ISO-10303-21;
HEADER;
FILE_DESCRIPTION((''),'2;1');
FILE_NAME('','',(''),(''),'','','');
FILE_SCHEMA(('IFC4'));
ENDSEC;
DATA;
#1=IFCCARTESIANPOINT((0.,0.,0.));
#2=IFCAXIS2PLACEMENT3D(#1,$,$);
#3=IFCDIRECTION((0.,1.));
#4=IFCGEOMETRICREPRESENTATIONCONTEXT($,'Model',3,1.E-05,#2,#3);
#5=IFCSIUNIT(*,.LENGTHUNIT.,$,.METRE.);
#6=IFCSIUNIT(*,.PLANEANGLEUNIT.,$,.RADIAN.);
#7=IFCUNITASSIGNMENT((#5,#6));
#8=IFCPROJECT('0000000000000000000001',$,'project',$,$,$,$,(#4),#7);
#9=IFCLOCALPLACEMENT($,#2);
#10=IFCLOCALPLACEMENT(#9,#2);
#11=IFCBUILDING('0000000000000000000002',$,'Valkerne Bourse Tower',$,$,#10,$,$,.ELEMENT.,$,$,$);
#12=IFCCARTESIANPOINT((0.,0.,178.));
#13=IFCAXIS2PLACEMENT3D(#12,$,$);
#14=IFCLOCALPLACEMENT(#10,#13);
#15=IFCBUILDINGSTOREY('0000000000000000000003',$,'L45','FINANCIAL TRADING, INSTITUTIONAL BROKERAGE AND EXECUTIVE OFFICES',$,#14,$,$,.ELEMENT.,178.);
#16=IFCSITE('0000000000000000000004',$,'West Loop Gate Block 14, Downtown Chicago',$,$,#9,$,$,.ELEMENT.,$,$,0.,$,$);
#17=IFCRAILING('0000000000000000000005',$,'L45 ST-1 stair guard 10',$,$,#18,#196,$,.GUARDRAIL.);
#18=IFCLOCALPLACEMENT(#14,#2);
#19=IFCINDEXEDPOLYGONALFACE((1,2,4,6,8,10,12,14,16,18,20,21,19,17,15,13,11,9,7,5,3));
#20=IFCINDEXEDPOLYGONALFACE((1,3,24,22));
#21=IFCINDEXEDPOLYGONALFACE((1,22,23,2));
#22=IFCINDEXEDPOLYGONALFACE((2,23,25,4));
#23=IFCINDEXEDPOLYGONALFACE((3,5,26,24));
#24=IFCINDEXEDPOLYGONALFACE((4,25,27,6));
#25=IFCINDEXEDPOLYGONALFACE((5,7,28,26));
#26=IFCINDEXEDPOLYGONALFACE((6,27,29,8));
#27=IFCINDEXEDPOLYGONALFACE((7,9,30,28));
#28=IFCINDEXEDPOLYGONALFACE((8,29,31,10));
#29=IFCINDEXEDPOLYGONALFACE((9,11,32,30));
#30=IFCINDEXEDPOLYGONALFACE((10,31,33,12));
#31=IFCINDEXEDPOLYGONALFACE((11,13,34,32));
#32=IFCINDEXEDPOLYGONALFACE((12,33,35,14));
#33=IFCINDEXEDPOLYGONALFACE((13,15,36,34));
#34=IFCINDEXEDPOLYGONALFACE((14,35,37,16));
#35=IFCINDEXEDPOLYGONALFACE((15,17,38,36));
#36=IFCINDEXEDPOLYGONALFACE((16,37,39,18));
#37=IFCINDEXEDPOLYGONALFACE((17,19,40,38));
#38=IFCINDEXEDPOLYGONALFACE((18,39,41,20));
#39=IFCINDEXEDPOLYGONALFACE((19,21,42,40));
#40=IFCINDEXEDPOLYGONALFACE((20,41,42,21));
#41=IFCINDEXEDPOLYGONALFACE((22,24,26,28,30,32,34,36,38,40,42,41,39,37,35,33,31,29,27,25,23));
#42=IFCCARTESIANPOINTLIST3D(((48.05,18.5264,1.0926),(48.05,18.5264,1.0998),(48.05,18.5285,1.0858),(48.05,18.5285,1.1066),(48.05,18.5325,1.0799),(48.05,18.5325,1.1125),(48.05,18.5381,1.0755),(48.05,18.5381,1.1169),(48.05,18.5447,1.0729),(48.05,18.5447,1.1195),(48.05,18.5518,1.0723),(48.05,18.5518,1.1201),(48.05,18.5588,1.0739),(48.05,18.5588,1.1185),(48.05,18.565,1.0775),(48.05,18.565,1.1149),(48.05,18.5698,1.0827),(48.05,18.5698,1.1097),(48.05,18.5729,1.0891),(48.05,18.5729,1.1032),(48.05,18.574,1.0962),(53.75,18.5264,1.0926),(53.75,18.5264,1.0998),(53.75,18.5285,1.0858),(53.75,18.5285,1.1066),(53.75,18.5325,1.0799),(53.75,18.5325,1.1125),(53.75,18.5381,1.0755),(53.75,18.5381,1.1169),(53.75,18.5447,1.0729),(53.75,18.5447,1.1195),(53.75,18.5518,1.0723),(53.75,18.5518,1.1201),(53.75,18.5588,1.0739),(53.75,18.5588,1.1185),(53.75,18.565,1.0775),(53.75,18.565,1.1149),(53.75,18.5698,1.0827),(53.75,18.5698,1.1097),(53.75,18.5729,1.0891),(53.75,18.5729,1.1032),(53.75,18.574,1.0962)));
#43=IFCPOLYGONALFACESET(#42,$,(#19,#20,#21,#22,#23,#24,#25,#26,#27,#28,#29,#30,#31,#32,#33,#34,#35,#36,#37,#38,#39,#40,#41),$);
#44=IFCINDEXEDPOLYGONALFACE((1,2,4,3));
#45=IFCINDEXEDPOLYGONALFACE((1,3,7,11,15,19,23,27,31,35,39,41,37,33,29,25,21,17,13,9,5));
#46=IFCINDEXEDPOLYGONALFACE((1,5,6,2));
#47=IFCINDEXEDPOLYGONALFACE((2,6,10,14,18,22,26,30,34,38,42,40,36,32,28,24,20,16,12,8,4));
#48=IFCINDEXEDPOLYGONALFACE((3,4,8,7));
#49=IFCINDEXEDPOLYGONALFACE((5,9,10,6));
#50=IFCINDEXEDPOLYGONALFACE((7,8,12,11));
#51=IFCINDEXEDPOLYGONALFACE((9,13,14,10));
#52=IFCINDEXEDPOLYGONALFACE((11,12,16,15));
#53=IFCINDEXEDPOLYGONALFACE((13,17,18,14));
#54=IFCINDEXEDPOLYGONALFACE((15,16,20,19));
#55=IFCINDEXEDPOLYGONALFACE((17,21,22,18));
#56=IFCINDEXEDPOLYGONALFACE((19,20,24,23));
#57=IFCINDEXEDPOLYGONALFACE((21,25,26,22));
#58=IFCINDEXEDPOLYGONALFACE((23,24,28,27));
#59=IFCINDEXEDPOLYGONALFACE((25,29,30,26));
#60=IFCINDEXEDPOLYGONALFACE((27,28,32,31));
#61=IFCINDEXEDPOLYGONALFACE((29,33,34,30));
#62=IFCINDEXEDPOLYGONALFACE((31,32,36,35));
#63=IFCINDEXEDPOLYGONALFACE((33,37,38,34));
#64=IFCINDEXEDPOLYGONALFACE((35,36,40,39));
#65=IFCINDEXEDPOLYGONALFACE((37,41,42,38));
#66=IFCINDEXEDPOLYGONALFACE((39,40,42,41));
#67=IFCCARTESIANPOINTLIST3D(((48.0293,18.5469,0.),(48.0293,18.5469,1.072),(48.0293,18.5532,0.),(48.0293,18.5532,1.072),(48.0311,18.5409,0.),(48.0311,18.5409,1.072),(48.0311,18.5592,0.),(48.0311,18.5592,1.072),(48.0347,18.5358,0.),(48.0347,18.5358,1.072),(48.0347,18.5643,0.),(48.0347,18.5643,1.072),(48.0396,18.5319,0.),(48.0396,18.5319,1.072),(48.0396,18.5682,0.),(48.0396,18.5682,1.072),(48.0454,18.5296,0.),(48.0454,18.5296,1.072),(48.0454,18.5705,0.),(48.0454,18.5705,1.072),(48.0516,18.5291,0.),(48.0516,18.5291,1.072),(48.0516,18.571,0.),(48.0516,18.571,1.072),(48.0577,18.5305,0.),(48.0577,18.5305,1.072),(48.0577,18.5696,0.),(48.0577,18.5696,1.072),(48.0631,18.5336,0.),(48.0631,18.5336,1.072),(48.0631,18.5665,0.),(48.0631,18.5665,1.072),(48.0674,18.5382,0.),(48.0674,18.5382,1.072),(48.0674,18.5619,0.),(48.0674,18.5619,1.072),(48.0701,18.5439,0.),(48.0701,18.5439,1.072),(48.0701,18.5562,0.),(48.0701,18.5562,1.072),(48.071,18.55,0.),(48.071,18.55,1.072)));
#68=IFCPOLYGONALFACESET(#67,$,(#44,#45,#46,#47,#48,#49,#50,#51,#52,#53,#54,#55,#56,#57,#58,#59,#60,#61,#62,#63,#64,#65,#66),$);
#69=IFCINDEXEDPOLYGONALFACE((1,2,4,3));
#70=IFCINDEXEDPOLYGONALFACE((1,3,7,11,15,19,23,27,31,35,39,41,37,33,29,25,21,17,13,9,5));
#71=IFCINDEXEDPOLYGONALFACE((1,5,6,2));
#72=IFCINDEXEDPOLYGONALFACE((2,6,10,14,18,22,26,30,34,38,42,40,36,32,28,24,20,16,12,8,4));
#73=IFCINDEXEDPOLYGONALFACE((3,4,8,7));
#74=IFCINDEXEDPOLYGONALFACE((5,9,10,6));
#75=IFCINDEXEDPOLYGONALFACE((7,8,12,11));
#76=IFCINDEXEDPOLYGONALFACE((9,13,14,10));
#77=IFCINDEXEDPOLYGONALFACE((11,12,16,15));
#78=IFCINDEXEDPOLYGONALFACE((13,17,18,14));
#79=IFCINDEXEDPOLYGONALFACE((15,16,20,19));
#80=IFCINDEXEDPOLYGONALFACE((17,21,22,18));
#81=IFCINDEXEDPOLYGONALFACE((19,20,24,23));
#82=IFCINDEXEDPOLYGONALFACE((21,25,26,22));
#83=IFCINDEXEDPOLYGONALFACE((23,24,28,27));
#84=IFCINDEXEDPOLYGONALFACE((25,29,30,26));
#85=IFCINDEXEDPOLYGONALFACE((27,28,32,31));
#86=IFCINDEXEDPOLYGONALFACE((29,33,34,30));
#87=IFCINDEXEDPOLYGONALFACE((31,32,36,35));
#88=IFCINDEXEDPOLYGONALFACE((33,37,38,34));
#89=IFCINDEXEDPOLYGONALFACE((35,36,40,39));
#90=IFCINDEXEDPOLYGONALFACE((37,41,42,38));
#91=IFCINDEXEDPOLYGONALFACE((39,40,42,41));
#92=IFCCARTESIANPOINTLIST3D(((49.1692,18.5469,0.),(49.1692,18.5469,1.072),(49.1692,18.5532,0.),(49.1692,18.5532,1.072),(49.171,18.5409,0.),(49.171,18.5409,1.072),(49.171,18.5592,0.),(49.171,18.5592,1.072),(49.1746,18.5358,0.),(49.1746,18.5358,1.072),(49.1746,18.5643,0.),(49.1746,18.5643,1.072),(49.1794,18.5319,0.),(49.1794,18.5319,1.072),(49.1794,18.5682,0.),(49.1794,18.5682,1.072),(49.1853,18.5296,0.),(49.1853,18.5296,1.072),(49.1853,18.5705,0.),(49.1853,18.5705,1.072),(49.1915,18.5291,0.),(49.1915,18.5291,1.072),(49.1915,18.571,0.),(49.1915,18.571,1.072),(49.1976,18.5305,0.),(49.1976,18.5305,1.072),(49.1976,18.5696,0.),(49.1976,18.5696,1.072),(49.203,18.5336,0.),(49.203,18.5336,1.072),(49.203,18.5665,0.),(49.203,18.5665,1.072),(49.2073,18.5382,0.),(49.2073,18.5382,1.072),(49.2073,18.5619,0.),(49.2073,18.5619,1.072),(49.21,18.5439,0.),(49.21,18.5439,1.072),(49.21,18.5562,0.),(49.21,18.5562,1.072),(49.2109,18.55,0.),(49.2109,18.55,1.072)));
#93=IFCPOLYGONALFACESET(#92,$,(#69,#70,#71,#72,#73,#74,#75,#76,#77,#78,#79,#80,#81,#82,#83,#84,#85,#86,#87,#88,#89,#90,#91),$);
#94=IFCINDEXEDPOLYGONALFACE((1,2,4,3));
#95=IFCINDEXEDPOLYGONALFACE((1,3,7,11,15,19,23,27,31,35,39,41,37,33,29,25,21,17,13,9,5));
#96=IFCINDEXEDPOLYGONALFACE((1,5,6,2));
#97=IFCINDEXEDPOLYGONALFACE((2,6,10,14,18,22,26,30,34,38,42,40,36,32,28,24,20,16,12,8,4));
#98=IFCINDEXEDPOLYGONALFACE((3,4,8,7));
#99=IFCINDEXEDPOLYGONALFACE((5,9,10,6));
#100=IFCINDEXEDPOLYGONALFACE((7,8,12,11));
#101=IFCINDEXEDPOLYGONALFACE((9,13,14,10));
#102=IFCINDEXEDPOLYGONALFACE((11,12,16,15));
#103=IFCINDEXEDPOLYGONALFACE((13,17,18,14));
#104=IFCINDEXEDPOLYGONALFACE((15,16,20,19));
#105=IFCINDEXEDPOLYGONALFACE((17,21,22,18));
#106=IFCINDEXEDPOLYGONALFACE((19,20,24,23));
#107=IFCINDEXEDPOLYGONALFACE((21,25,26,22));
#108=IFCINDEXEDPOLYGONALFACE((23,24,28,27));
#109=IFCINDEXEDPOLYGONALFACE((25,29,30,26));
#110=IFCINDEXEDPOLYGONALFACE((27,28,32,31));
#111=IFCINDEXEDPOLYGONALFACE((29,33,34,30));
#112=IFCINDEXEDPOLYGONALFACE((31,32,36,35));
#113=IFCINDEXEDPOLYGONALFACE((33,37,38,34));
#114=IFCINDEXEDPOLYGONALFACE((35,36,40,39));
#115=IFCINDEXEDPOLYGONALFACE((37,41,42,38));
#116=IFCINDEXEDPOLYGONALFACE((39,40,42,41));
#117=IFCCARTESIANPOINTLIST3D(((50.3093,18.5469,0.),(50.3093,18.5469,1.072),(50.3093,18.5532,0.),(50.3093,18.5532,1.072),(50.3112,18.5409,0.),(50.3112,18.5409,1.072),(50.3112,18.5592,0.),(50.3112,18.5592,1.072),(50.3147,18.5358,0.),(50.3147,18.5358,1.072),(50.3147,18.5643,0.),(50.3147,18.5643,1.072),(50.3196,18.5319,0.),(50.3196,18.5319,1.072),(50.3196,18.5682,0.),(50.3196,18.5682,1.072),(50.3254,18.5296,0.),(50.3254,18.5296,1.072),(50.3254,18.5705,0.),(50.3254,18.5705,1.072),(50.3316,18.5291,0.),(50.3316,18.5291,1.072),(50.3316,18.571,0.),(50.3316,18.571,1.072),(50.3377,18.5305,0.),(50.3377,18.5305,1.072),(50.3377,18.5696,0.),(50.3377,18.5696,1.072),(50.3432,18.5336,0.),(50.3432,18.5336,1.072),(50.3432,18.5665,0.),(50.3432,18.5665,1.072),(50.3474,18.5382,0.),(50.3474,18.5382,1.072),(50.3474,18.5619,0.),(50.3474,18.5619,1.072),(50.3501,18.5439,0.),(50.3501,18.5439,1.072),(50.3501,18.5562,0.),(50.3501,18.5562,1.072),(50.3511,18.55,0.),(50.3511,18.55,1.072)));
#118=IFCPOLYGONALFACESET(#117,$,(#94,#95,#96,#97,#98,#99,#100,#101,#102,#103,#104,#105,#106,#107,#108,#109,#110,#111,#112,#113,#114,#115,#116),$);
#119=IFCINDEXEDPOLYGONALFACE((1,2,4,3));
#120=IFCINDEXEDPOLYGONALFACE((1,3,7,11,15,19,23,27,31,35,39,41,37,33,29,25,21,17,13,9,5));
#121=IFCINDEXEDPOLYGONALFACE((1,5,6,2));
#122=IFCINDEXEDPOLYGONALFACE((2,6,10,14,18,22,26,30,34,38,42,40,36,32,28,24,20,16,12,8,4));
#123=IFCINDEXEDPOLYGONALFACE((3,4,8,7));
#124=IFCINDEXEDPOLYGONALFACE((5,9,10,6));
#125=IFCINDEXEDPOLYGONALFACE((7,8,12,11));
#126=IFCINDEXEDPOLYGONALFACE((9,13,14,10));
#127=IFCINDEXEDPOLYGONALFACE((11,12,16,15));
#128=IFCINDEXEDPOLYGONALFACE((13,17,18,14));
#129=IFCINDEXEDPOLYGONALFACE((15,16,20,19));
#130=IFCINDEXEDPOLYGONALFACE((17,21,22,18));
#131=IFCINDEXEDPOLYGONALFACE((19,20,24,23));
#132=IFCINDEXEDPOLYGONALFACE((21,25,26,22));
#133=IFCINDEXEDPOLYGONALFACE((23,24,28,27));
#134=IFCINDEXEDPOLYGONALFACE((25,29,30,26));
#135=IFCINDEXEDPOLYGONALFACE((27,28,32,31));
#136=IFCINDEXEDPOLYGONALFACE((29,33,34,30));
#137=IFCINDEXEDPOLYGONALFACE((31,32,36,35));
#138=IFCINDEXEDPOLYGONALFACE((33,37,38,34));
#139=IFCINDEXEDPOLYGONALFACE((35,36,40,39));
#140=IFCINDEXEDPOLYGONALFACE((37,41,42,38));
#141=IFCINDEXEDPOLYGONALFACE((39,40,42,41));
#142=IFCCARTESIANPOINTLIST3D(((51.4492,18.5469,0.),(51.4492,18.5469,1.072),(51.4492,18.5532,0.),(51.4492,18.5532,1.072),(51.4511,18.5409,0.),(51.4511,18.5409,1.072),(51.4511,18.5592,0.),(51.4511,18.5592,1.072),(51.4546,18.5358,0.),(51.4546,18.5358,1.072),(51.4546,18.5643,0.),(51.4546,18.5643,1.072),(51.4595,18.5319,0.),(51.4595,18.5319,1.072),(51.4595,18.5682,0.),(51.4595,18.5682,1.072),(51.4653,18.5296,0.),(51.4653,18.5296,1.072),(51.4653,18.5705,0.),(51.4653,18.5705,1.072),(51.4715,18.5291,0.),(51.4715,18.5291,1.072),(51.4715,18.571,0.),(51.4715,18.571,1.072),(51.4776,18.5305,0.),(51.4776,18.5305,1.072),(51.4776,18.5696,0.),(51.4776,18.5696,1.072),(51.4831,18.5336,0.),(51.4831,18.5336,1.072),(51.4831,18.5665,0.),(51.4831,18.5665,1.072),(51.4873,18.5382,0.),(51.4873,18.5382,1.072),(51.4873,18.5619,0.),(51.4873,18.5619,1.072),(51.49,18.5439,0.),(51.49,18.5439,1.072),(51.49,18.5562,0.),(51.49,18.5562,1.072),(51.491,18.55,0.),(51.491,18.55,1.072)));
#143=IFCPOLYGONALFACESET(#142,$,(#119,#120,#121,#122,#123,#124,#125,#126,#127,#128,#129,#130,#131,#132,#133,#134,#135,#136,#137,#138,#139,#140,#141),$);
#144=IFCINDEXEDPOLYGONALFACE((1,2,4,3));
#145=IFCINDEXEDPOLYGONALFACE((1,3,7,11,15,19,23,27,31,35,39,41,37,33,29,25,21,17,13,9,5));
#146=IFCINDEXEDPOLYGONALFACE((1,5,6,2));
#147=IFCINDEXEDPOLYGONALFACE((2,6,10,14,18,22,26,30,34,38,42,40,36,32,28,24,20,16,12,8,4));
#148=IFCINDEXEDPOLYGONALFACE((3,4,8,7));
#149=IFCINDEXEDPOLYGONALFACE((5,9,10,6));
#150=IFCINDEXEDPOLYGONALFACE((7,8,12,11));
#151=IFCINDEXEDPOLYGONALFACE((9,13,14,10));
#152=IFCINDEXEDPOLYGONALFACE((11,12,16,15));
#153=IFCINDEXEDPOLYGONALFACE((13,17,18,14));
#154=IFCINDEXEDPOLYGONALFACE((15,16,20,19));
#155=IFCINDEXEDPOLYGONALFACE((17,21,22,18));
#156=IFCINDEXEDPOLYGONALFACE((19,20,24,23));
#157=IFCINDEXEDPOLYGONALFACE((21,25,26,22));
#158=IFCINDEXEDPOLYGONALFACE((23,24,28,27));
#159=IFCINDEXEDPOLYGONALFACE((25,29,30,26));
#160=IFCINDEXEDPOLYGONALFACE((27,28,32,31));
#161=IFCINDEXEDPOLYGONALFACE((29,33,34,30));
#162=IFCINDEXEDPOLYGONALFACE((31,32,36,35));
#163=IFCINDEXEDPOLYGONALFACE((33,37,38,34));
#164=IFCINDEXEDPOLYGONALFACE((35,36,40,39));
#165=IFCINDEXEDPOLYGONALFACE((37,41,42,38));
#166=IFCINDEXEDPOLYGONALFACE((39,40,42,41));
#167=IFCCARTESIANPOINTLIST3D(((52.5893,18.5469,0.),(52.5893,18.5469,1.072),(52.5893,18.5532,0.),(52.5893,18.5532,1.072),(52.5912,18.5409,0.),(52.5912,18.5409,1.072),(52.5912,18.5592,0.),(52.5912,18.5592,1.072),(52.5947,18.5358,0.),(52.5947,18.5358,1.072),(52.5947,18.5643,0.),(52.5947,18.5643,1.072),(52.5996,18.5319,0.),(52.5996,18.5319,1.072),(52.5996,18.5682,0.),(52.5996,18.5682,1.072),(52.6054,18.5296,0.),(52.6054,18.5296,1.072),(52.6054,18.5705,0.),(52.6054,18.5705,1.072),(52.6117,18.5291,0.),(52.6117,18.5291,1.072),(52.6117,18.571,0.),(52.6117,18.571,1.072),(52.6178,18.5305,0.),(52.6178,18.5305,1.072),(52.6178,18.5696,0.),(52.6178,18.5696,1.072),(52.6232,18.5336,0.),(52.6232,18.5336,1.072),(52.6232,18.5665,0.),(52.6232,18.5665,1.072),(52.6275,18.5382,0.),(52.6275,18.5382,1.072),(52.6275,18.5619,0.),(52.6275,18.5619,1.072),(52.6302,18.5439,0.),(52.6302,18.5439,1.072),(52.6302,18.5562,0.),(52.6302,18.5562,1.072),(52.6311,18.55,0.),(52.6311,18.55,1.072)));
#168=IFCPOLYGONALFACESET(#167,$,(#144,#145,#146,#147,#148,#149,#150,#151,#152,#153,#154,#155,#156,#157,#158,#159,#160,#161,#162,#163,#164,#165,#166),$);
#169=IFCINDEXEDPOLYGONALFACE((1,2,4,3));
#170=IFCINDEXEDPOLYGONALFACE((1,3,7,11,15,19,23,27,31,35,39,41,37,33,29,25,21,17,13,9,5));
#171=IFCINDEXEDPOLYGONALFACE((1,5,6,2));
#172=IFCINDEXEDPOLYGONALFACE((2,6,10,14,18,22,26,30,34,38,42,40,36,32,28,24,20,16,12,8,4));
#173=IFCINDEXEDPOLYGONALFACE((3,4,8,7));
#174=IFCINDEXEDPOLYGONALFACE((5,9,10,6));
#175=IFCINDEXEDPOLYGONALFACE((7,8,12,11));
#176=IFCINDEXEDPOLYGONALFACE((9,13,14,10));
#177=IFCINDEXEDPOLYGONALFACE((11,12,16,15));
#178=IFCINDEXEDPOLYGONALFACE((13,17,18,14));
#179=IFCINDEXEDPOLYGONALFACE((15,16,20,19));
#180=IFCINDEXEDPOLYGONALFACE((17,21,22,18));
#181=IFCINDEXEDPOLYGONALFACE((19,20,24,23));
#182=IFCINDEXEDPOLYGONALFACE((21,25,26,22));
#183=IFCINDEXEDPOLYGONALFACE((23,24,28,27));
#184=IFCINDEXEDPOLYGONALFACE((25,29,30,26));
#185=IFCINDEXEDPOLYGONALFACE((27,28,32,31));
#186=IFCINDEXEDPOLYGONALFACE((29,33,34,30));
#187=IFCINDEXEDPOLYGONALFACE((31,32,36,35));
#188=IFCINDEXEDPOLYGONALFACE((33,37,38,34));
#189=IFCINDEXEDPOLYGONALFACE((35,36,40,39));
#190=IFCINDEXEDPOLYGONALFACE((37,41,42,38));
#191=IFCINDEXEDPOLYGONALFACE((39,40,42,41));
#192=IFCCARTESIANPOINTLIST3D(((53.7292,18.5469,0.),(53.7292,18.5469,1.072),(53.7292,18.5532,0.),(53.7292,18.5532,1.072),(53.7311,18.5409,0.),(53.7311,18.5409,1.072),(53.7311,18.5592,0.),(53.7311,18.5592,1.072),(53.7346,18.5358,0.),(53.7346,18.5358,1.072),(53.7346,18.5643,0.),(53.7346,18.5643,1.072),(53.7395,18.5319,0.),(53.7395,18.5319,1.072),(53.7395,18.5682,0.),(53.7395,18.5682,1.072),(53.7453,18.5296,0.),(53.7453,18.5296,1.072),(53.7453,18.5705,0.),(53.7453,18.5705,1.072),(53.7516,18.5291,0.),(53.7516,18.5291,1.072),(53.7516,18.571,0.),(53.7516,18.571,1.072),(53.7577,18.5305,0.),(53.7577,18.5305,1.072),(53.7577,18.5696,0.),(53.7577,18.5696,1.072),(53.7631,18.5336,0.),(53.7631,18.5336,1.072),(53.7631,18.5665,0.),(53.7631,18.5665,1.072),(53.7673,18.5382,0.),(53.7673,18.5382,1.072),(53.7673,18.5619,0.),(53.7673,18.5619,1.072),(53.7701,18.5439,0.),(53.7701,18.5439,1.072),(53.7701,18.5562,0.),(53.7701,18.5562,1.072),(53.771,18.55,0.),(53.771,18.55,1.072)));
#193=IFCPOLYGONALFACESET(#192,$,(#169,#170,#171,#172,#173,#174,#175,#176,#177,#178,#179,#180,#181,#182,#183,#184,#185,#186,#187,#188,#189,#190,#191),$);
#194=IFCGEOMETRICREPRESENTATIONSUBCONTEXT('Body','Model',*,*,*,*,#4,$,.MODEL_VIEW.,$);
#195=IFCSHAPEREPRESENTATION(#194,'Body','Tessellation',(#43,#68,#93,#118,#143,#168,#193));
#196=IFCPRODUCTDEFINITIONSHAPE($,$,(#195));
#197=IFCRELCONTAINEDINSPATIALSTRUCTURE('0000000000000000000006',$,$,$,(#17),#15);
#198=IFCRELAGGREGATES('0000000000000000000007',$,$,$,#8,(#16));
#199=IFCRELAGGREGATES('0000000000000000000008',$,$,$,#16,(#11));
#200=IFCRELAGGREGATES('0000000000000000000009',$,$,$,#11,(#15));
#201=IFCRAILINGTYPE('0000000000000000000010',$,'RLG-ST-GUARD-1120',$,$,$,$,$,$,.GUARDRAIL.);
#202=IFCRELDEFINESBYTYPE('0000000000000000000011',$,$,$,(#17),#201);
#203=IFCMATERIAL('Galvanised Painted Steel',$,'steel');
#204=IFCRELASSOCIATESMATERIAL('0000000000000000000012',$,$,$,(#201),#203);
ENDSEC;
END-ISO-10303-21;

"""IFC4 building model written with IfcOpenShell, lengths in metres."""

from ifc_helpers import new_model, si_unit, direction, frame, origin, origin_2d, place, context, subcontext, project, spatial, circle, extrude, material, type_object, element, save


model = new_model("IFC4")

# Units and contexts
model_context = context("Model", 3, precision=1e-05, world=origin(), true_north=direction((0.0, 1.0)))
body_context = subcontext(model_context, "Body", "Model", "MODEL_VIEW")
ifc_project = project(units=[si_unit("LENGTHUNIT", "METRE"), si_unit("PLANEANGLEUNIT", "RADIAN")], contexts=[model_context])

# Site, building, storey
site_placement = place(None, origin())
site = spatial("IfcSite", under=ifc_project, at=site_placement, Name="West Loop Gate Block 14, Downtown Chicago", CompositionType="ELEMENT", RefElevation=0.0)
building_placement = place(site_placement, origin())
building = spatial("IfcBuilding", under=site, at=building_placement, Name="Valkerne Bourse Tower", CompositionType="ELEMENT")
storey_placement = place(building_placement, frame((0.0, 0.0, 178.0)))
storey = spatial("IfcBuildingStorey", under=building, at=storey_placement, Name="L45", Description="FINANCIAL TRADING, INSTITUTIONAL BROKERAGE AND EXECUTIVE OFFICES", CompositionType="ELEMENT", Elevation=178.0)

# Shared definitions
ifc_material_1 = material(Name="Galvanised Painted Steel", Category="steel")

# Railing
railing_type_1 = type_object("IfcRailingType", Name="RLG-ST-GUARD-1120", PredefinedType="GUARDRAIL", material=ifc_material_1)
for number, where, name in (
    (1, (48.05, 18.55, 0.0), "L45 ST-1 stair guard 10"),
):
    element("IfcRailing", number, at=place(storey_placement, frame(where)), inside=storey, type_object=railing_type_1, Name=name, PredefinedType="GUARDRAIL", context=body_context, shape_type="SweptSolid", body=[
        extrude(circle(Radius=0.0239, at=origin_2d()), frame((0.0, 0.0, 1.0962), z_axis=(1.0, 0.0, 0.0), x_axis=(0.0, 1.0, 0.0)), (0.0, 0.0, 1.0), 5.7),
        extrude(circle(Radius=0.021, at=origin_2d()), origin(), (0.0, 0.0, 1.0), 1.072),
        extrude(circle(Radius=0.021, at=origin_2d()), frame((1.1399, 0.0, 0.0)), (0.0, 0.0, 1.0), 1.072),
        extrude(circle(Radius=0.021, at=origin_2d()), frame((2.28, 0.0, 0.0)), (0.0, 0.0, 1.0), 1.072),
        extrude(circle(Radius=0.021, at=origin_2d()), frame((3.4199, 0.0, 0.0)), (0.0, 0.0, 1.0), 1.072),
        extrude(circle(Radius=0.021, at=origin_2d()), frame((4.5601, 0.0, 0.0)), (0.0, 0.0, 1.0), 1.072),
        extrude(circle(Radius=0.021, at=origin_2d()), frame((5.7, 0.0, 0.0)), (0.0, 0.0, 1.0), 1.072),
    ])

save(model, "model.ifc")
